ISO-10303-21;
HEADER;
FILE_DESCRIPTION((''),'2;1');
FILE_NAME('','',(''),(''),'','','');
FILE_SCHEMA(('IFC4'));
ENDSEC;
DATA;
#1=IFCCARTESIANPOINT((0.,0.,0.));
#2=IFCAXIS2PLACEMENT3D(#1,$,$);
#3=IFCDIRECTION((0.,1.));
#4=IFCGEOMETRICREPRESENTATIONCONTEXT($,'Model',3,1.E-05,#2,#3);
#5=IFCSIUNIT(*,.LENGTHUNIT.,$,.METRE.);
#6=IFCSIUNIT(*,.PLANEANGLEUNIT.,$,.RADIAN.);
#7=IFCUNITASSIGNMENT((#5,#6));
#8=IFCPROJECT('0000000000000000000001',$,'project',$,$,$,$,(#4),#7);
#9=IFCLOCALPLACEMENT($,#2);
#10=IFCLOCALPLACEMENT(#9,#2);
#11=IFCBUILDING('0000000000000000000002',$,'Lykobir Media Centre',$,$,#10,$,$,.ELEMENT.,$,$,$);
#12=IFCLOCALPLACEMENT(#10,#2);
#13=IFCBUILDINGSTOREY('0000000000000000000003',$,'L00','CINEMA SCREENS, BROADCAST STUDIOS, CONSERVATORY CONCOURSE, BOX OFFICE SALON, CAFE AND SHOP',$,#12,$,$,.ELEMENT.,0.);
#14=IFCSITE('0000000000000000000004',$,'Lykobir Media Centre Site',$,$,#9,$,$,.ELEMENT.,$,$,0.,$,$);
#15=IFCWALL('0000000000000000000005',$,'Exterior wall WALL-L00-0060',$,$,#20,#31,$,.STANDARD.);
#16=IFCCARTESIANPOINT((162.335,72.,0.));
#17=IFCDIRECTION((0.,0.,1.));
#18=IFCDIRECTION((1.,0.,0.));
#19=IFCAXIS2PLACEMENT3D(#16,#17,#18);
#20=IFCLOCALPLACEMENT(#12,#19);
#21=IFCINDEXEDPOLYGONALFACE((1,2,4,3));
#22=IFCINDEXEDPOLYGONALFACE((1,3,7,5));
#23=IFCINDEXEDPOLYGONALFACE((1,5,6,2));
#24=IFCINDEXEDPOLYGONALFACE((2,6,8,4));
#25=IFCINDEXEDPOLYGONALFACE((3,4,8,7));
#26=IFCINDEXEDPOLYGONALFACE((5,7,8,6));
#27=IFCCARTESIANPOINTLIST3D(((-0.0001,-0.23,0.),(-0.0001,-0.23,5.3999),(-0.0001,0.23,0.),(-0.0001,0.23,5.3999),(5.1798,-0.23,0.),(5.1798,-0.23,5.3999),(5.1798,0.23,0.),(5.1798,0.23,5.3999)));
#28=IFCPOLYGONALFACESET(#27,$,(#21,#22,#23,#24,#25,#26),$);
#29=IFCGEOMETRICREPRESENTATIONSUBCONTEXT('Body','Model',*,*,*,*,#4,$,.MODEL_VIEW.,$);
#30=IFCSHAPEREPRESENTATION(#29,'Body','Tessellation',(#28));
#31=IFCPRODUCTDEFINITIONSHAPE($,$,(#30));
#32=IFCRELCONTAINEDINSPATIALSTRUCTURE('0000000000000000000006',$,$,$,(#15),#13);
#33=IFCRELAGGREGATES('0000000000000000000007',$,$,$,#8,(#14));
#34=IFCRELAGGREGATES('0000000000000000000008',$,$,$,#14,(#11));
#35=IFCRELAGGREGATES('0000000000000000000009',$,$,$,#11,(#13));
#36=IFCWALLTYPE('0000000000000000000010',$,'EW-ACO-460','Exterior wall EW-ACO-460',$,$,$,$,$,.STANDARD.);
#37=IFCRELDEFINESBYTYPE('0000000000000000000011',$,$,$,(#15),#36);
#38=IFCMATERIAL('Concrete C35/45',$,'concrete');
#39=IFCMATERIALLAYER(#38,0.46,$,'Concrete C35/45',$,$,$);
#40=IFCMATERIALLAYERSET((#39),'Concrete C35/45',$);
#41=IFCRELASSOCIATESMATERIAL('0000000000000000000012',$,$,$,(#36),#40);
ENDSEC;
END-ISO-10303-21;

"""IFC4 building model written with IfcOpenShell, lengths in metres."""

from ifc_helpers import new_model, si_unit, direction, frame, frame_2d, origin, place, context, subcontext, project, spatial, rectangle, extrude, material, layer, layer_set, type_object, element, save


model = new_model("IFC4")

# Units and contexts
model_context = context("Model", 3, precision=1e-05, world=origin(), true_north=direction((0.0, 1.0)))
body_context = subcontext(model_context, "Body", "Model", "MODEL_VIEW")
ifc_project = project(units=[si_unit("LENGTHUNIT", "METRE"), si_unit("PLANEANGLEUNIT", "RADIAN")], contexts=[model_context])

# Site, building, storey
site_placement = place(None, origin())
site = spatial("IfcSite", under=ifc_project, at=site_placement, Name="Lykobir Media Centre Site", CompositionType="ELEMENT", RefElevation=0.0)
building_placement = place(site_placement, origin())
building = spatial("IfcBuilding", under=site, at=building_placement, Name="Lykobir Media Centre", CompositionType="ELEMENT")
storey_placement = place(building_placement, origin())
storey = spatial("IfcBuildingStorey", under=building, at=storey_placement, Name="L00", Description="CINEMA SCREENS, BROADCAST STUDIOS, CONSERVATORY CONCOURSE, BOX OFFICE SALON, CAFE AND SHOP", CompositionType="ELEMENT", Elevation=0.0)

# Wall
ifc_material_1 = material(Name="Concrete C35/45", Category="concrete")
ifc_layer_1 = layer(ifc_material_1, 0.46, Name="Concrete C35/45")
ifc_layer_set_1 = layer_set([ifc_layer_1], Name="Concrete C35/45")
wall_type = type_object("IfcWallType", Name="EW-ACO-460", Description="Exterior wall EW-ACO-460", PredefinedType="STANDARD", material=ifc_layer_set_1)
wall_1_placement = place(storey_placement, frame((162.335, 72.0, 0.0), z_axis=(0.0, 0.0, 1.0), x_axis=(1.0, 0.0, 0.0)))
element("IfcWall", 1, at=wall_1_placement, inside=storey, type_object=wall_type, Name="Exterior wall WALL-L00-0060", PredefinedType="STANDARD", context=body_context, shape_type="SweptSolid", body=[
    extrude(rectangle(XDim=5.1799, YDim=0.46, at=frame_2d((2.5898, 0.0))), origin(), (0.0, 0.0, 1.0), 5.3999),
])

save(model, "model.ifc")
